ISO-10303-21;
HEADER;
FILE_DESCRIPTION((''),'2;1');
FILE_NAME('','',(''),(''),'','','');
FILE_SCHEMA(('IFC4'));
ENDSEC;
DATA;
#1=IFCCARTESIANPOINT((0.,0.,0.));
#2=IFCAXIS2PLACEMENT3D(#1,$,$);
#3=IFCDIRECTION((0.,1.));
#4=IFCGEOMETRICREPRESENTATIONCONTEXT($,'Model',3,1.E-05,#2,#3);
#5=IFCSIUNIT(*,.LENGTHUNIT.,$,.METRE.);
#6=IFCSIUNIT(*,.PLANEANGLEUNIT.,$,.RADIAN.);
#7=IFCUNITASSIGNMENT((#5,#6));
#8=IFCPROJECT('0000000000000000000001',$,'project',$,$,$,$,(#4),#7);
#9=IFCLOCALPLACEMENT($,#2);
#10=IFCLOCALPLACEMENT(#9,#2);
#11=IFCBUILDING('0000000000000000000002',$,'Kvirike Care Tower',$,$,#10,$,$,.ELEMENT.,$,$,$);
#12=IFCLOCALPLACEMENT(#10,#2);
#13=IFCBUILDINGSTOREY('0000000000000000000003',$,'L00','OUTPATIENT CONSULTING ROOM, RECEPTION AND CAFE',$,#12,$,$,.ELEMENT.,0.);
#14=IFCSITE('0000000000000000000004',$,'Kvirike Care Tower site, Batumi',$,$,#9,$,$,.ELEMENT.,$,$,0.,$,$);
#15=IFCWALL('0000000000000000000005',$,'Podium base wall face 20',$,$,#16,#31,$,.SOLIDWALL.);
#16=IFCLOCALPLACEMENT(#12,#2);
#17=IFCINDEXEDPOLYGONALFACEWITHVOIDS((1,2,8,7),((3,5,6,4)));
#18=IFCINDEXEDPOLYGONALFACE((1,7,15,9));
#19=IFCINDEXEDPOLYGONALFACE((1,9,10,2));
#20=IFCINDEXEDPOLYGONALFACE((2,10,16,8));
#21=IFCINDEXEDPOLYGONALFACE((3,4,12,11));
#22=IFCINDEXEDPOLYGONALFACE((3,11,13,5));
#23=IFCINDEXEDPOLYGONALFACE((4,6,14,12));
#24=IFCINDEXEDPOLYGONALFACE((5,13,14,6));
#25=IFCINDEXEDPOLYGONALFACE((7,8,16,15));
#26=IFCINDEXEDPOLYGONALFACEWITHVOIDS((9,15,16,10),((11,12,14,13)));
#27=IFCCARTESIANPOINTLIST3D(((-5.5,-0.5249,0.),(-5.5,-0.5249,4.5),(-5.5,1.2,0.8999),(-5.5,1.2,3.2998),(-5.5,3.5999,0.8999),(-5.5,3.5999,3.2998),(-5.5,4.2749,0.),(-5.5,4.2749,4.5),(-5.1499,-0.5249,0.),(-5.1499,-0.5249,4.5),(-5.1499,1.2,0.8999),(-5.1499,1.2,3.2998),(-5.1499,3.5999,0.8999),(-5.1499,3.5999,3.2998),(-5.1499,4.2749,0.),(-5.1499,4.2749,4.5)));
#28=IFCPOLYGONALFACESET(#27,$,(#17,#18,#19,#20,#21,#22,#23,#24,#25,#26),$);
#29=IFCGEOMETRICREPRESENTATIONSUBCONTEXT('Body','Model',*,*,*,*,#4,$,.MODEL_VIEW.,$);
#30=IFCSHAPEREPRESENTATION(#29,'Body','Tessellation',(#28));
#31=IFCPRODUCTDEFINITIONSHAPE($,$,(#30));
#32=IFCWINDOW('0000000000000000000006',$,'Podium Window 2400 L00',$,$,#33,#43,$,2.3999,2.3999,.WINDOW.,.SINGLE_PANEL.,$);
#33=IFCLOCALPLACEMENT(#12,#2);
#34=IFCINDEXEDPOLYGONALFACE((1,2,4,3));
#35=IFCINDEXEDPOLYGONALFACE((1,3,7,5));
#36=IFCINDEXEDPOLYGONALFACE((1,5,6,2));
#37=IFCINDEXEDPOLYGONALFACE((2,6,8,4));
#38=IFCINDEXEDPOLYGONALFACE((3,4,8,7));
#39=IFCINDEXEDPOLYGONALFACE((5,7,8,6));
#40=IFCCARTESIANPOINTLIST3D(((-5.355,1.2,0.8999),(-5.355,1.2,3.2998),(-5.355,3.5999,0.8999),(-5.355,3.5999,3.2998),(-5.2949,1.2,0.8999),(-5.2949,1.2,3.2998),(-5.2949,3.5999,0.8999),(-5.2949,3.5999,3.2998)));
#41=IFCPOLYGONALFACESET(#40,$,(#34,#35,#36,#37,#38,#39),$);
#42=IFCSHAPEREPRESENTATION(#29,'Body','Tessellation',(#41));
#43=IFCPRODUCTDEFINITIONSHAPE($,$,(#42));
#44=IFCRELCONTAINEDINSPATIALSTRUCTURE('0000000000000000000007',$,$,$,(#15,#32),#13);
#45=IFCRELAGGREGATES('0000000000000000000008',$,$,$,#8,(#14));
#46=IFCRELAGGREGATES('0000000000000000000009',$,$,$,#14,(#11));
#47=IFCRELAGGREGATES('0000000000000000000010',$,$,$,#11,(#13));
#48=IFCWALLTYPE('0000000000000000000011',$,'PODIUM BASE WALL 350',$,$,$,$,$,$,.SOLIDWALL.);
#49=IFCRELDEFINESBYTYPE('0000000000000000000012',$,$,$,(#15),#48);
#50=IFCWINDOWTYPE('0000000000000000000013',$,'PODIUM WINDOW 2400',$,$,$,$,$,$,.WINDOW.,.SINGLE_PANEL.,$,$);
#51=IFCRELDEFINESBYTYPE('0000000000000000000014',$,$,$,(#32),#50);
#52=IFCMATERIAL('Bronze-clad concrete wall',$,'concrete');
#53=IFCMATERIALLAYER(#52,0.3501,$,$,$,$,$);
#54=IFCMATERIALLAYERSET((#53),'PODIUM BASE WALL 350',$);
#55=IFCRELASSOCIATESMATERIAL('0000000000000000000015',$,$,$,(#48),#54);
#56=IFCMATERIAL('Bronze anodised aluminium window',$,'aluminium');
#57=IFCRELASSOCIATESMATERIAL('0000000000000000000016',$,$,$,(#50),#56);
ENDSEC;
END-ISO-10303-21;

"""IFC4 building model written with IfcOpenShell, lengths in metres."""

from ifc_helpers import new_model, si_unit, direction, frame, frame_2d, origin, place, context, subcontext, project, spatial, rectangle, extrude, material, layer, layer_set, type_object, element, fill, save


model = new_model("IFC4")

# Units and contexts
model_context = context("Model", 3, precision=1e-05, world=origin(), true_north=direction((0.0, 1.0)))
body_context = subcontext(model_context, "Body", "Model", "MODEL_VIEW")
ifc_project = project(units=[si_unit("LENGTHUNIT", "METRE"), si_unit("PLANEANGLEUNIT", "RADIAN")], contexts=[model_context])

# Site, building, storey
site_placement = place(None, origin())
site = spatial("IfcSite", under=ifc_project, at=site_placement, Name="Kvirike Care Tower site, Batumi", CompositionType="ELEMENT", RefElevation=0.0)
building_placement = place(site_placement, origin())
building = spatial("IfcBuilding", under=site, at=building_placement, Name="Kvirike Care Tower", CompositionType="ELEMENT")
storey_placement = place(building_placement, origin())
storey = spatial("IfcBuildingStorey", under=building, at=storey_placement, Name="L00", Description="OUTPATIENT CONSULTING ROOM, RECEPTION AND CAFE", CompositionType="ELEMENT", Elevation=0.0)

# Shared definitions
ifc_material_1 = material(Name="Bronze-clad concrete wall", Category="concrete")
ifc_layer_1 = layer(ifc_material_1, 0.3501)
ifc_layer_set_1 = layer_set([ifc_layer_1], Name="PODIUM BASE WALL 350")
wall_type = type_object("IfcWallType", Name="PODIUM BASE WALL 350", PredefinedType="SOLIDWALL", material=ifc_layer_set_1)
ifc_material_2 = material(Name="Bronze anodised aluminium window", Category="aluminium")
window_type = type_object("IfcWindowType", Name="PODIUM WINDOW 2400", PartitioningType="SINGLE_PANEL", PredefinedType="WINDOW", material=ifc_material_2)

# Wall, opening, window
wall_1_placement = place(storey_placement, frame((-5.325, 4.2749, 0.0), z_axis=(0.0, 0.0, 1.0), x_axis=(0.0, -1.0, 0.0)))
wall_1 = element("IfcWall", 1, at=wall_1_placement, inside=storey, type_object=wall_type, Name="Podium base wall face 20", PredefinedType="SOLIDWALL", context=body_context, shape_type="SweptSolid", body=[
    extrude(rectangle(XDim=4.7998, YDim=0.3501, at=frame_2d((2.3999, 0.0))), origin(), (0.0, 0.0, 1.0), 4.5),
])
opening_1_placement = place(wall_1_placement, frame((0.675, 0.0, 0.8999)))
opening_1 = element("IfcOpeningElement", 2, at=opening_1_placement, cuts=wall_1, PredefinedType="OPENING", context=body_context, shape_type="SweptSolid", body=[
    extrude(rectangle(XDim=2.3999, YDim=2.3999, at=frame_2d((1.2, 1.2))), frame((0.0, 0.1855, 0.0), z_axis=(0.0, -1.0, 0.0), x_axis=(1.0, 0.0, 0.0)), (0.0, 0.0, 1.0), 0.3711),
])
window_1_placement = place(opening_1_placement, origin())
window_1 = element("IfcWindow", 3, at=window_1_placement, inside=storey, type_object=window_type, Name="Podium Window 2400 L00", OverallHeight=2.3999, OverallWidth=2.3999, PartitioningType="SINGLE_PANEL", PredefinedType="WINDOW", context=body_context, shape_type="SweptSolid", body=[
    extrude(rectangle(XDim=2.3999, YDim=2.3999, at=frame_2d((1.2, 1.2))), frame((0.0, 0.03, 0.0), z_axis=(0.0, -1.0, 0.0), x_axis=(1.0, 0.0, 0.0)), (0.0, 0.0, 1.0), 0.0601),
])
fill(opening_1, window_1)

save(model, "model.ifc")
